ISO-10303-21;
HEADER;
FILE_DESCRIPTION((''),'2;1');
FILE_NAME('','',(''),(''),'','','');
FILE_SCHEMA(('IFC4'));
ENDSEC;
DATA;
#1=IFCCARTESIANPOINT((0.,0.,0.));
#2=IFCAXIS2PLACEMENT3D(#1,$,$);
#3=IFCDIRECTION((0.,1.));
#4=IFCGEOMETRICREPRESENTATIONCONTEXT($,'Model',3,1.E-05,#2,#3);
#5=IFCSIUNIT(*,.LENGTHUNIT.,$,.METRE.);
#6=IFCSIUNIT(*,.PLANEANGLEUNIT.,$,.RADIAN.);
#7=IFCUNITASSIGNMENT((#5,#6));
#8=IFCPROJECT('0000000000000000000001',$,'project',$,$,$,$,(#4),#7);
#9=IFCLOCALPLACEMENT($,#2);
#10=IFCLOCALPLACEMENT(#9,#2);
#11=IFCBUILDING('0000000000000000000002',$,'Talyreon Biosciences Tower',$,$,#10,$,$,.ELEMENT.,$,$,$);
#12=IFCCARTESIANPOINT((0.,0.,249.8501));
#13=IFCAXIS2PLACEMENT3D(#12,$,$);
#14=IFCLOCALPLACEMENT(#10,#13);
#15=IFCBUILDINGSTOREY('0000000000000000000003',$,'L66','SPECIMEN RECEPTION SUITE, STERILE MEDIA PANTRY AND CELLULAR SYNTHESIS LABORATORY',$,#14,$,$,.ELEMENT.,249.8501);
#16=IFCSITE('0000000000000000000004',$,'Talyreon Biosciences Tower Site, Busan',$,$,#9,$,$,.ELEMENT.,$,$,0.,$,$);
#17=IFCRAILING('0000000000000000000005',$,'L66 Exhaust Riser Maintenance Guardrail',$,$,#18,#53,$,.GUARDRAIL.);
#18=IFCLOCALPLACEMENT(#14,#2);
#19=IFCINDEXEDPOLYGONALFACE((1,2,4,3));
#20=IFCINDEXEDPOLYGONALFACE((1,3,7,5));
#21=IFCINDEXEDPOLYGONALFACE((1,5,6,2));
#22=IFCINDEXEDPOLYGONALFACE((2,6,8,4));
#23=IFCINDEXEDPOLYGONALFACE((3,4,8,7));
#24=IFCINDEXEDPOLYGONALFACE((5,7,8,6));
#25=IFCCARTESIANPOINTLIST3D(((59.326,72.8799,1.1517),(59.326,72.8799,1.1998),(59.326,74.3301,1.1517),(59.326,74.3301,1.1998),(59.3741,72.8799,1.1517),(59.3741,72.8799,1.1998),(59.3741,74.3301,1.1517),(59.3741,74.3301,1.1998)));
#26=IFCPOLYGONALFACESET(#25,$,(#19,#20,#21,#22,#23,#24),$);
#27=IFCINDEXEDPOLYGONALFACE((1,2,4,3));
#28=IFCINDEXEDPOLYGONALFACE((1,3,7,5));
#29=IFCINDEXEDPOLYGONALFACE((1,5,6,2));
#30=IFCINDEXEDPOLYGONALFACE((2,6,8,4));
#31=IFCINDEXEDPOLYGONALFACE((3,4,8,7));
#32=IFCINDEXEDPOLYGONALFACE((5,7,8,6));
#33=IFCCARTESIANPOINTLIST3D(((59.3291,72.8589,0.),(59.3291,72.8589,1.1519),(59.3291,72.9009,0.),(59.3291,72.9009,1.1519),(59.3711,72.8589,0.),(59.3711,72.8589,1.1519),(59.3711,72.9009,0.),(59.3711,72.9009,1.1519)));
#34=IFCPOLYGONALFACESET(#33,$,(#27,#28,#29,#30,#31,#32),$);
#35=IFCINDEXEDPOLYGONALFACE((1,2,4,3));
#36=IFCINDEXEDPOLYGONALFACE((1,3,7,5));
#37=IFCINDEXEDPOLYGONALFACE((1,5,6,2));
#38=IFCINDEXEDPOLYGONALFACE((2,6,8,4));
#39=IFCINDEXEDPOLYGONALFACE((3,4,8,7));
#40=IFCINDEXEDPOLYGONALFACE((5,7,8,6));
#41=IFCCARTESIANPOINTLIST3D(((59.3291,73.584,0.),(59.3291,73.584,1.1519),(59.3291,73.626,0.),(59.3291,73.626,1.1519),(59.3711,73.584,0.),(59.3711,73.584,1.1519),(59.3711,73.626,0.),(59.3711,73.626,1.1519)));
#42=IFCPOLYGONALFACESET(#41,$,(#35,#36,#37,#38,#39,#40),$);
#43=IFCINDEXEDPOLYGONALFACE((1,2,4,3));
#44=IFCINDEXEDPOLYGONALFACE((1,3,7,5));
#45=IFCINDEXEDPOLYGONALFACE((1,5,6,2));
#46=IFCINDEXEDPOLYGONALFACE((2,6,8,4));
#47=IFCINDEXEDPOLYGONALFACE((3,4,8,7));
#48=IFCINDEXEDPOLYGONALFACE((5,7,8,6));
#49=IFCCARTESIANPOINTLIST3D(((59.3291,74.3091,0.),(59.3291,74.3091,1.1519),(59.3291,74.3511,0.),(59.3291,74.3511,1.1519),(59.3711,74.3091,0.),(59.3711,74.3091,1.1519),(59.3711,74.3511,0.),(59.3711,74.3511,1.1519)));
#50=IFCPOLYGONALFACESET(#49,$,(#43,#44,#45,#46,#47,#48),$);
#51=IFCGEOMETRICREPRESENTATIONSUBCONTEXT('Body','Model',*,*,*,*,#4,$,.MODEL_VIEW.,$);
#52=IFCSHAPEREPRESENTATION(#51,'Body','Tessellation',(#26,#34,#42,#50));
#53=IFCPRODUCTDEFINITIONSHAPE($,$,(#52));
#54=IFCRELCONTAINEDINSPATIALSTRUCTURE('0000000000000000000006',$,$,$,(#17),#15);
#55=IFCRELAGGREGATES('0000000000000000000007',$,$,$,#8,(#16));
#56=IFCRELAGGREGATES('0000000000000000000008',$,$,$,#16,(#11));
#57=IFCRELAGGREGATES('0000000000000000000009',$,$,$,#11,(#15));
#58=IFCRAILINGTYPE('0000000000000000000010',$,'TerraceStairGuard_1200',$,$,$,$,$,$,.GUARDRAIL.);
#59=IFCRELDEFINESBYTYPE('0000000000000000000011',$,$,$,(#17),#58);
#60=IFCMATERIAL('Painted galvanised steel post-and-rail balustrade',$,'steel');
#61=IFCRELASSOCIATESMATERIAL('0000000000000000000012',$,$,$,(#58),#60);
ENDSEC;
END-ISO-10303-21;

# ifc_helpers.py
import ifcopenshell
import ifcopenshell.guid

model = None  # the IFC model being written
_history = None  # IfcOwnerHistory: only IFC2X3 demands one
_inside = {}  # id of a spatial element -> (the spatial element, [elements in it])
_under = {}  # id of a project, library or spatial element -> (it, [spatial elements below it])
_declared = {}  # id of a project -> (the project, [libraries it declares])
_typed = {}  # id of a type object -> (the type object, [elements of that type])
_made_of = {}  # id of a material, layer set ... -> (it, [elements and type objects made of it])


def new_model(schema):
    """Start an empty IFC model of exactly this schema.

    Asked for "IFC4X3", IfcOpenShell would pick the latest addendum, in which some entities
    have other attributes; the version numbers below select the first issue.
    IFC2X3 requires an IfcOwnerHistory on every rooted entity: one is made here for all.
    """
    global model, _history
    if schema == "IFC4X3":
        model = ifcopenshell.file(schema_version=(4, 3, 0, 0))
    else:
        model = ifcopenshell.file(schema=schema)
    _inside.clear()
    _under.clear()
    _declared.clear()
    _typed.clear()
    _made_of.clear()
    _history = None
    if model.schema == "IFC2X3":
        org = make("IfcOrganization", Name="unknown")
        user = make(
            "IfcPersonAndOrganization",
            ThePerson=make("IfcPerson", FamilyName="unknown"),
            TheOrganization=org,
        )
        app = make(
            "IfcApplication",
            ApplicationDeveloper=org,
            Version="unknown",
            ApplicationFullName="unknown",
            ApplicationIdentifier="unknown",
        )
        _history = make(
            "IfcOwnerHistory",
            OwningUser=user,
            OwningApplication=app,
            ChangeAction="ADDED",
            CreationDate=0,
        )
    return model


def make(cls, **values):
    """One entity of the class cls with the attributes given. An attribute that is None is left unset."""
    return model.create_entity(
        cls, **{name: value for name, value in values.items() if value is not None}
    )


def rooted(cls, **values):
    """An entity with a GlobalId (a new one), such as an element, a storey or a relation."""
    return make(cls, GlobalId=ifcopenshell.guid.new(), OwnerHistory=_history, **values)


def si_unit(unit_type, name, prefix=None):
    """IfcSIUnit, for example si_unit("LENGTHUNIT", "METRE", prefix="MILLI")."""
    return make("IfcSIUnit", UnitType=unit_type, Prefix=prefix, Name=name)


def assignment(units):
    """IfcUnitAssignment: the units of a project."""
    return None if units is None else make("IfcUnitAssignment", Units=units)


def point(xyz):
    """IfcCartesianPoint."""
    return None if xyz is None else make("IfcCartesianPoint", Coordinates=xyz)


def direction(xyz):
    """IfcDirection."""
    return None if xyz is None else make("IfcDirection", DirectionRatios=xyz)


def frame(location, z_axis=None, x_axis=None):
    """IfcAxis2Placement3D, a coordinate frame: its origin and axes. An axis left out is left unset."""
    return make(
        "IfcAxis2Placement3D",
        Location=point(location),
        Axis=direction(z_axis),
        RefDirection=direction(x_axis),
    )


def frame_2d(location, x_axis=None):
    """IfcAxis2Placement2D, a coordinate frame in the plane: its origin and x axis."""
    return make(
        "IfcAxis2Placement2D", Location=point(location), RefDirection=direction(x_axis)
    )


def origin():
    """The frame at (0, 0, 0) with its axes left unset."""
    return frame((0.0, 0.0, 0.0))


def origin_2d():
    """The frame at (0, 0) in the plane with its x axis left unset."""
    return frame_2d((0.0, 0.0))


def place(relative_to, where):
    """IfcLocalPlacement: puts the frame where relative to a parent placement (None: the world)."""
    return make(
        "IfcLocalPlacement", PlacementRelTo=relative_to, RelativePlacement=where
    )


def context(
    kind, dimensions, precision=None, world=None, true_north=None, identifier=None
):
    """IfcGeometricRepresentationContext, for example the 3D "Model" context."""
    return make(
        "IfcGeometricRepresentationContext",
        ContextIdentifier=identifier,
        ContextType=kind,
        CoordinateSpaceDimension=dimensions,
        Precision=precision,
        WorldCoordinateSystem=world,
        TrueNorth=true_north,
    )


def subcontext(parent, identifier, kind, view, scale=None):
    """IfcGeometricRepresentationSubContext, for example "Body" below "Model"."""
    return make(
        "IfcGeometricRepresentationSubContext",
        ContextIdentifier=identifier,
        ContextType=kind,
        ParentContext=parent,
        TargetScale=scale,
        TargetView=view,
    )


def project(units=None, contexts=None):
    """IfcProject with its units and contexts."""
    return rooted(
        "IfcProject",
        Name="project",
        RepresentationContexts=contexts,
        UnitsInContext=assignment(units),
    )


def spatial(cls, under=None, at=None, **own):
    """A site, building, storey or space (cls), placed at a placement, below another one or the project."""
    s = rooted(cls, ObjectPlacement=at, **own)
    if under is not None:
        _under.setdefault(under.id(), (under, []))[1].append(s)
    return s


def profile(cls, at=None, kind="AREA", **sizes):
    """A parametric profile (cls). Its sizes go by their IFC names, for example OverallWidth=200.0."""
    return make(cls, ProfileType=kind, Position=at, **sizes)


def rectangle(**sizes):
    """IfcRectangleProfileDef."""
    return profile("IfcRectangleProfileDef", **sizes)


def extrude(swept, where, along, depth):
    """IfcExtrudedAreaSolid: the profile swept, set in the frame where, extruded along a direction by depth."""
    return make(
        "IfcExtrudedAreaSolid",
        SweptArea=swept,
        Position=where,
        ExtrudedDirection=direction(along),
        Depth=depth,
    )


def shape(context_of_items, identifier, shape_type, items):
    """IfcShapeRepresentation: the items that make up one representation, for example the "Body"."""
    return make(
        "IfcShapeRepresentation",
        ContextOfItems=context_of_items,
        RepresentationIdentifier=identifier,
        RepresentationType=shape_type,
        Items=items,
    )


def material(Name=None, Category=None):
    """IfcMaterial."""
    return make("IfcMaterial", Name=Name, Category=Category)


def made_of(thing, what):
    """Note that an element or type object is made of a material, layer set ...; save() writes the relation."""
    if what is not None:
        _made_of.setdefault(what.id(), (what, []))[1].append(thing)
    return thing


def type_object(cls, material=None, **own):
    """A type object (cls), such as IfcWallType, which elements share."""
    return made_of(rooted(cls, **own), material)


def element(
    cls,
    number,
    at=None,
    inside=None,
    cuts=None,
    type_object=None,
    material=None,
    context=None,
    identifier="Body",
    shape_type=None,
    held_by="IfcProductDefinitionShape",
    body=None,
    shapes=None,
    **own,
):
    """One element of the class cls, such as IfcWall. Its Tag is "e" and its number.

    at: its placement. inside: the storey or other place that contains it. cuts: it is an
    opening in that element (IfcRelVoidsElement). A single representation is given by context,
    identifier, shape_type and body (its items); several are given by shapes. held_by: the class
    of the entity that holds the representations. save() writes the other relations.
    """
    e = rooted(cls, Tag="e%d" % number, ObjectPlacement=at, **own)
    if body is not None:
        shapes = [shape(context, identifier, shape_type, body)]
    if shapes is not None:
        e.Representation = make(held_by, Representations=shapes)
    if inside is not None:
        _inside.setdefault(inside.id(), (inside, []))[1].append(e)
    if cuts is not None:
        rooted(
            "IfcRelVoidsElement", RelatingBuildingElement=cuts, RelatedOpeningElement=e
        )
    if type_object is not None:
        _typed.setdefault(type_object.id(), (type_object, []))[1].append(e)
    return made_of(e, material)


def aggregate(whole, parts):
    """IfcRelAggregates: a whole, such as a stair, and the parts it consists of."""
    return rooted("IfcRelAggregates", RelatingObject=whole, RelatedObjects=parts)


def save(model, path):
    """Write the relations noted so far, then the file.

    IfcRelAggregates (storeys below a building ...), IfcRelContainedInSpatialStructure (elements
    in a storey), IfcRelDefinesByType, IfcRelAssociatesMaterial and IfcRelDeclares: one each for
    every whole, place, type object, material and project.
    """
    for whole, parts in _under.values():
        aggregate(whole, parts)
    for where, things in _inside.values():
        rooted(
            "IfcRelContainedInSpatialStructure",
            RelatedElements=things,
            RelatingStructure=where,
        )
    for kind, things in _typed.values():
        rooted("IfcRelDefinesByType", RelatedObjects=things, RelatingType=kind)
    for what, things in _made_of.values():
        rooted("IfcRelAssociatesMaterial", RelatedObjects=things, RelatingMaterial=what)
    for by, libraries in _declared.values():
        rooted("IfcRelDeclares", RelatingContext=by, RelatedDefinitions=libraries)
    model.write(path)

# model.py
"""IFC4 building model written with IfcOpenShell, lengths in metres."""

from ifc_helpers import new_model, si_unit, direction, frame, origin, origin_2d, place, context, subcontext, project, spatial, rectangle, extrude, material, type_object, element, save


model = new_model("IFC4")

# Units and contexts
model_context = context("Model", 3, precision=1e-05, world=origin(), true_north=direction((0.0, 1.0)))
body_context = subcontext(model_context, "Body", "Model", "MODEL_VIEW")
ifc_project = project(units=[si_unit("LENGTHUNIT", "METRE"), si_unit("PLANEANGLEUNIT", "RADIAN")], contexts=[model_context])

# Site, building, storey
site_placement = place(None, origin())
site = spatial("IfcSite", under=ifc_project, at=site_placement, Name="Talyreon Biosciences Tower Site, Busan", CompositionType="ELEMENT", RefElevation=0.0)
building_placement = place(site_placement, origin())
building = spatial("IfcBuilding", under=site, at=building_placement, Name="Talyreon Biosciences Tower", CompositionType="ELEMENT")
storey_placement = place(building_placement, frame((0.0, 0.0, 249.8501)))
storey = spatial("IfcBuildingStorey", under=building, at=storey_placement, Name="L66", Description="SPECIMEN RECEPTION SUITE, STERILE MEDIA PANTRY AND CELLULAR SYNTHESIS LABORATORY", CompositionType="ELEMENT", Elevation=249.8501)

# Railing
ifc_material_1 = material(Name="Painted galvanised steel post-and-rail balustrade", Category="steel")
railing_type_1 = type_object("IfcRailingType", Name="TerraceStairGuard_1200", PredefinedType="GUARDRAIL", material=ifc_material_1)
railing_1_placement = place(storey_placement, frame((59.3501, 72.8799, 0.0)))
element("IfcRailing", 1, at=railing_1_placement, inside=storey, type_object=railing_type_1, Name="L66 Exhaust Riser Maintenance Guardrail", PredefinedType="GUARDRAIL", context=body_context, shape_type="SweptSolid", body=[
    extrude(rectangle(XDim=0.0481, YDim=0.0481, at=origin_2d()), frame((0.0, 0.0, 1.1758), z_axis=(0.0, 1.0, 0.0), x_axis=(-1.0, 0.0, 0.0)), (0.0, 0.0, 1.0), 1.4502),
    extrude(rectangle(XDim=0.042, YDim=0.042, at=origin_2d()), origin(), (0.0, 0.0, 1.0), 1.1519),
    extrude(rectangle(XDim=0.042, YDim=0.042, at=origin_2d()), frame((0.0, 0.7251, 0.0)), (0.0, 0.0, 1.0), 1.1519),
    extrude(rectangle(XDim=0.042, YDim=0.042, at=origin_2d()), frame((0.0, 1.4502, 0.0)), (0.0, 0.0, 1.0), 1.1519),
])

save(model, "model.ifc")
